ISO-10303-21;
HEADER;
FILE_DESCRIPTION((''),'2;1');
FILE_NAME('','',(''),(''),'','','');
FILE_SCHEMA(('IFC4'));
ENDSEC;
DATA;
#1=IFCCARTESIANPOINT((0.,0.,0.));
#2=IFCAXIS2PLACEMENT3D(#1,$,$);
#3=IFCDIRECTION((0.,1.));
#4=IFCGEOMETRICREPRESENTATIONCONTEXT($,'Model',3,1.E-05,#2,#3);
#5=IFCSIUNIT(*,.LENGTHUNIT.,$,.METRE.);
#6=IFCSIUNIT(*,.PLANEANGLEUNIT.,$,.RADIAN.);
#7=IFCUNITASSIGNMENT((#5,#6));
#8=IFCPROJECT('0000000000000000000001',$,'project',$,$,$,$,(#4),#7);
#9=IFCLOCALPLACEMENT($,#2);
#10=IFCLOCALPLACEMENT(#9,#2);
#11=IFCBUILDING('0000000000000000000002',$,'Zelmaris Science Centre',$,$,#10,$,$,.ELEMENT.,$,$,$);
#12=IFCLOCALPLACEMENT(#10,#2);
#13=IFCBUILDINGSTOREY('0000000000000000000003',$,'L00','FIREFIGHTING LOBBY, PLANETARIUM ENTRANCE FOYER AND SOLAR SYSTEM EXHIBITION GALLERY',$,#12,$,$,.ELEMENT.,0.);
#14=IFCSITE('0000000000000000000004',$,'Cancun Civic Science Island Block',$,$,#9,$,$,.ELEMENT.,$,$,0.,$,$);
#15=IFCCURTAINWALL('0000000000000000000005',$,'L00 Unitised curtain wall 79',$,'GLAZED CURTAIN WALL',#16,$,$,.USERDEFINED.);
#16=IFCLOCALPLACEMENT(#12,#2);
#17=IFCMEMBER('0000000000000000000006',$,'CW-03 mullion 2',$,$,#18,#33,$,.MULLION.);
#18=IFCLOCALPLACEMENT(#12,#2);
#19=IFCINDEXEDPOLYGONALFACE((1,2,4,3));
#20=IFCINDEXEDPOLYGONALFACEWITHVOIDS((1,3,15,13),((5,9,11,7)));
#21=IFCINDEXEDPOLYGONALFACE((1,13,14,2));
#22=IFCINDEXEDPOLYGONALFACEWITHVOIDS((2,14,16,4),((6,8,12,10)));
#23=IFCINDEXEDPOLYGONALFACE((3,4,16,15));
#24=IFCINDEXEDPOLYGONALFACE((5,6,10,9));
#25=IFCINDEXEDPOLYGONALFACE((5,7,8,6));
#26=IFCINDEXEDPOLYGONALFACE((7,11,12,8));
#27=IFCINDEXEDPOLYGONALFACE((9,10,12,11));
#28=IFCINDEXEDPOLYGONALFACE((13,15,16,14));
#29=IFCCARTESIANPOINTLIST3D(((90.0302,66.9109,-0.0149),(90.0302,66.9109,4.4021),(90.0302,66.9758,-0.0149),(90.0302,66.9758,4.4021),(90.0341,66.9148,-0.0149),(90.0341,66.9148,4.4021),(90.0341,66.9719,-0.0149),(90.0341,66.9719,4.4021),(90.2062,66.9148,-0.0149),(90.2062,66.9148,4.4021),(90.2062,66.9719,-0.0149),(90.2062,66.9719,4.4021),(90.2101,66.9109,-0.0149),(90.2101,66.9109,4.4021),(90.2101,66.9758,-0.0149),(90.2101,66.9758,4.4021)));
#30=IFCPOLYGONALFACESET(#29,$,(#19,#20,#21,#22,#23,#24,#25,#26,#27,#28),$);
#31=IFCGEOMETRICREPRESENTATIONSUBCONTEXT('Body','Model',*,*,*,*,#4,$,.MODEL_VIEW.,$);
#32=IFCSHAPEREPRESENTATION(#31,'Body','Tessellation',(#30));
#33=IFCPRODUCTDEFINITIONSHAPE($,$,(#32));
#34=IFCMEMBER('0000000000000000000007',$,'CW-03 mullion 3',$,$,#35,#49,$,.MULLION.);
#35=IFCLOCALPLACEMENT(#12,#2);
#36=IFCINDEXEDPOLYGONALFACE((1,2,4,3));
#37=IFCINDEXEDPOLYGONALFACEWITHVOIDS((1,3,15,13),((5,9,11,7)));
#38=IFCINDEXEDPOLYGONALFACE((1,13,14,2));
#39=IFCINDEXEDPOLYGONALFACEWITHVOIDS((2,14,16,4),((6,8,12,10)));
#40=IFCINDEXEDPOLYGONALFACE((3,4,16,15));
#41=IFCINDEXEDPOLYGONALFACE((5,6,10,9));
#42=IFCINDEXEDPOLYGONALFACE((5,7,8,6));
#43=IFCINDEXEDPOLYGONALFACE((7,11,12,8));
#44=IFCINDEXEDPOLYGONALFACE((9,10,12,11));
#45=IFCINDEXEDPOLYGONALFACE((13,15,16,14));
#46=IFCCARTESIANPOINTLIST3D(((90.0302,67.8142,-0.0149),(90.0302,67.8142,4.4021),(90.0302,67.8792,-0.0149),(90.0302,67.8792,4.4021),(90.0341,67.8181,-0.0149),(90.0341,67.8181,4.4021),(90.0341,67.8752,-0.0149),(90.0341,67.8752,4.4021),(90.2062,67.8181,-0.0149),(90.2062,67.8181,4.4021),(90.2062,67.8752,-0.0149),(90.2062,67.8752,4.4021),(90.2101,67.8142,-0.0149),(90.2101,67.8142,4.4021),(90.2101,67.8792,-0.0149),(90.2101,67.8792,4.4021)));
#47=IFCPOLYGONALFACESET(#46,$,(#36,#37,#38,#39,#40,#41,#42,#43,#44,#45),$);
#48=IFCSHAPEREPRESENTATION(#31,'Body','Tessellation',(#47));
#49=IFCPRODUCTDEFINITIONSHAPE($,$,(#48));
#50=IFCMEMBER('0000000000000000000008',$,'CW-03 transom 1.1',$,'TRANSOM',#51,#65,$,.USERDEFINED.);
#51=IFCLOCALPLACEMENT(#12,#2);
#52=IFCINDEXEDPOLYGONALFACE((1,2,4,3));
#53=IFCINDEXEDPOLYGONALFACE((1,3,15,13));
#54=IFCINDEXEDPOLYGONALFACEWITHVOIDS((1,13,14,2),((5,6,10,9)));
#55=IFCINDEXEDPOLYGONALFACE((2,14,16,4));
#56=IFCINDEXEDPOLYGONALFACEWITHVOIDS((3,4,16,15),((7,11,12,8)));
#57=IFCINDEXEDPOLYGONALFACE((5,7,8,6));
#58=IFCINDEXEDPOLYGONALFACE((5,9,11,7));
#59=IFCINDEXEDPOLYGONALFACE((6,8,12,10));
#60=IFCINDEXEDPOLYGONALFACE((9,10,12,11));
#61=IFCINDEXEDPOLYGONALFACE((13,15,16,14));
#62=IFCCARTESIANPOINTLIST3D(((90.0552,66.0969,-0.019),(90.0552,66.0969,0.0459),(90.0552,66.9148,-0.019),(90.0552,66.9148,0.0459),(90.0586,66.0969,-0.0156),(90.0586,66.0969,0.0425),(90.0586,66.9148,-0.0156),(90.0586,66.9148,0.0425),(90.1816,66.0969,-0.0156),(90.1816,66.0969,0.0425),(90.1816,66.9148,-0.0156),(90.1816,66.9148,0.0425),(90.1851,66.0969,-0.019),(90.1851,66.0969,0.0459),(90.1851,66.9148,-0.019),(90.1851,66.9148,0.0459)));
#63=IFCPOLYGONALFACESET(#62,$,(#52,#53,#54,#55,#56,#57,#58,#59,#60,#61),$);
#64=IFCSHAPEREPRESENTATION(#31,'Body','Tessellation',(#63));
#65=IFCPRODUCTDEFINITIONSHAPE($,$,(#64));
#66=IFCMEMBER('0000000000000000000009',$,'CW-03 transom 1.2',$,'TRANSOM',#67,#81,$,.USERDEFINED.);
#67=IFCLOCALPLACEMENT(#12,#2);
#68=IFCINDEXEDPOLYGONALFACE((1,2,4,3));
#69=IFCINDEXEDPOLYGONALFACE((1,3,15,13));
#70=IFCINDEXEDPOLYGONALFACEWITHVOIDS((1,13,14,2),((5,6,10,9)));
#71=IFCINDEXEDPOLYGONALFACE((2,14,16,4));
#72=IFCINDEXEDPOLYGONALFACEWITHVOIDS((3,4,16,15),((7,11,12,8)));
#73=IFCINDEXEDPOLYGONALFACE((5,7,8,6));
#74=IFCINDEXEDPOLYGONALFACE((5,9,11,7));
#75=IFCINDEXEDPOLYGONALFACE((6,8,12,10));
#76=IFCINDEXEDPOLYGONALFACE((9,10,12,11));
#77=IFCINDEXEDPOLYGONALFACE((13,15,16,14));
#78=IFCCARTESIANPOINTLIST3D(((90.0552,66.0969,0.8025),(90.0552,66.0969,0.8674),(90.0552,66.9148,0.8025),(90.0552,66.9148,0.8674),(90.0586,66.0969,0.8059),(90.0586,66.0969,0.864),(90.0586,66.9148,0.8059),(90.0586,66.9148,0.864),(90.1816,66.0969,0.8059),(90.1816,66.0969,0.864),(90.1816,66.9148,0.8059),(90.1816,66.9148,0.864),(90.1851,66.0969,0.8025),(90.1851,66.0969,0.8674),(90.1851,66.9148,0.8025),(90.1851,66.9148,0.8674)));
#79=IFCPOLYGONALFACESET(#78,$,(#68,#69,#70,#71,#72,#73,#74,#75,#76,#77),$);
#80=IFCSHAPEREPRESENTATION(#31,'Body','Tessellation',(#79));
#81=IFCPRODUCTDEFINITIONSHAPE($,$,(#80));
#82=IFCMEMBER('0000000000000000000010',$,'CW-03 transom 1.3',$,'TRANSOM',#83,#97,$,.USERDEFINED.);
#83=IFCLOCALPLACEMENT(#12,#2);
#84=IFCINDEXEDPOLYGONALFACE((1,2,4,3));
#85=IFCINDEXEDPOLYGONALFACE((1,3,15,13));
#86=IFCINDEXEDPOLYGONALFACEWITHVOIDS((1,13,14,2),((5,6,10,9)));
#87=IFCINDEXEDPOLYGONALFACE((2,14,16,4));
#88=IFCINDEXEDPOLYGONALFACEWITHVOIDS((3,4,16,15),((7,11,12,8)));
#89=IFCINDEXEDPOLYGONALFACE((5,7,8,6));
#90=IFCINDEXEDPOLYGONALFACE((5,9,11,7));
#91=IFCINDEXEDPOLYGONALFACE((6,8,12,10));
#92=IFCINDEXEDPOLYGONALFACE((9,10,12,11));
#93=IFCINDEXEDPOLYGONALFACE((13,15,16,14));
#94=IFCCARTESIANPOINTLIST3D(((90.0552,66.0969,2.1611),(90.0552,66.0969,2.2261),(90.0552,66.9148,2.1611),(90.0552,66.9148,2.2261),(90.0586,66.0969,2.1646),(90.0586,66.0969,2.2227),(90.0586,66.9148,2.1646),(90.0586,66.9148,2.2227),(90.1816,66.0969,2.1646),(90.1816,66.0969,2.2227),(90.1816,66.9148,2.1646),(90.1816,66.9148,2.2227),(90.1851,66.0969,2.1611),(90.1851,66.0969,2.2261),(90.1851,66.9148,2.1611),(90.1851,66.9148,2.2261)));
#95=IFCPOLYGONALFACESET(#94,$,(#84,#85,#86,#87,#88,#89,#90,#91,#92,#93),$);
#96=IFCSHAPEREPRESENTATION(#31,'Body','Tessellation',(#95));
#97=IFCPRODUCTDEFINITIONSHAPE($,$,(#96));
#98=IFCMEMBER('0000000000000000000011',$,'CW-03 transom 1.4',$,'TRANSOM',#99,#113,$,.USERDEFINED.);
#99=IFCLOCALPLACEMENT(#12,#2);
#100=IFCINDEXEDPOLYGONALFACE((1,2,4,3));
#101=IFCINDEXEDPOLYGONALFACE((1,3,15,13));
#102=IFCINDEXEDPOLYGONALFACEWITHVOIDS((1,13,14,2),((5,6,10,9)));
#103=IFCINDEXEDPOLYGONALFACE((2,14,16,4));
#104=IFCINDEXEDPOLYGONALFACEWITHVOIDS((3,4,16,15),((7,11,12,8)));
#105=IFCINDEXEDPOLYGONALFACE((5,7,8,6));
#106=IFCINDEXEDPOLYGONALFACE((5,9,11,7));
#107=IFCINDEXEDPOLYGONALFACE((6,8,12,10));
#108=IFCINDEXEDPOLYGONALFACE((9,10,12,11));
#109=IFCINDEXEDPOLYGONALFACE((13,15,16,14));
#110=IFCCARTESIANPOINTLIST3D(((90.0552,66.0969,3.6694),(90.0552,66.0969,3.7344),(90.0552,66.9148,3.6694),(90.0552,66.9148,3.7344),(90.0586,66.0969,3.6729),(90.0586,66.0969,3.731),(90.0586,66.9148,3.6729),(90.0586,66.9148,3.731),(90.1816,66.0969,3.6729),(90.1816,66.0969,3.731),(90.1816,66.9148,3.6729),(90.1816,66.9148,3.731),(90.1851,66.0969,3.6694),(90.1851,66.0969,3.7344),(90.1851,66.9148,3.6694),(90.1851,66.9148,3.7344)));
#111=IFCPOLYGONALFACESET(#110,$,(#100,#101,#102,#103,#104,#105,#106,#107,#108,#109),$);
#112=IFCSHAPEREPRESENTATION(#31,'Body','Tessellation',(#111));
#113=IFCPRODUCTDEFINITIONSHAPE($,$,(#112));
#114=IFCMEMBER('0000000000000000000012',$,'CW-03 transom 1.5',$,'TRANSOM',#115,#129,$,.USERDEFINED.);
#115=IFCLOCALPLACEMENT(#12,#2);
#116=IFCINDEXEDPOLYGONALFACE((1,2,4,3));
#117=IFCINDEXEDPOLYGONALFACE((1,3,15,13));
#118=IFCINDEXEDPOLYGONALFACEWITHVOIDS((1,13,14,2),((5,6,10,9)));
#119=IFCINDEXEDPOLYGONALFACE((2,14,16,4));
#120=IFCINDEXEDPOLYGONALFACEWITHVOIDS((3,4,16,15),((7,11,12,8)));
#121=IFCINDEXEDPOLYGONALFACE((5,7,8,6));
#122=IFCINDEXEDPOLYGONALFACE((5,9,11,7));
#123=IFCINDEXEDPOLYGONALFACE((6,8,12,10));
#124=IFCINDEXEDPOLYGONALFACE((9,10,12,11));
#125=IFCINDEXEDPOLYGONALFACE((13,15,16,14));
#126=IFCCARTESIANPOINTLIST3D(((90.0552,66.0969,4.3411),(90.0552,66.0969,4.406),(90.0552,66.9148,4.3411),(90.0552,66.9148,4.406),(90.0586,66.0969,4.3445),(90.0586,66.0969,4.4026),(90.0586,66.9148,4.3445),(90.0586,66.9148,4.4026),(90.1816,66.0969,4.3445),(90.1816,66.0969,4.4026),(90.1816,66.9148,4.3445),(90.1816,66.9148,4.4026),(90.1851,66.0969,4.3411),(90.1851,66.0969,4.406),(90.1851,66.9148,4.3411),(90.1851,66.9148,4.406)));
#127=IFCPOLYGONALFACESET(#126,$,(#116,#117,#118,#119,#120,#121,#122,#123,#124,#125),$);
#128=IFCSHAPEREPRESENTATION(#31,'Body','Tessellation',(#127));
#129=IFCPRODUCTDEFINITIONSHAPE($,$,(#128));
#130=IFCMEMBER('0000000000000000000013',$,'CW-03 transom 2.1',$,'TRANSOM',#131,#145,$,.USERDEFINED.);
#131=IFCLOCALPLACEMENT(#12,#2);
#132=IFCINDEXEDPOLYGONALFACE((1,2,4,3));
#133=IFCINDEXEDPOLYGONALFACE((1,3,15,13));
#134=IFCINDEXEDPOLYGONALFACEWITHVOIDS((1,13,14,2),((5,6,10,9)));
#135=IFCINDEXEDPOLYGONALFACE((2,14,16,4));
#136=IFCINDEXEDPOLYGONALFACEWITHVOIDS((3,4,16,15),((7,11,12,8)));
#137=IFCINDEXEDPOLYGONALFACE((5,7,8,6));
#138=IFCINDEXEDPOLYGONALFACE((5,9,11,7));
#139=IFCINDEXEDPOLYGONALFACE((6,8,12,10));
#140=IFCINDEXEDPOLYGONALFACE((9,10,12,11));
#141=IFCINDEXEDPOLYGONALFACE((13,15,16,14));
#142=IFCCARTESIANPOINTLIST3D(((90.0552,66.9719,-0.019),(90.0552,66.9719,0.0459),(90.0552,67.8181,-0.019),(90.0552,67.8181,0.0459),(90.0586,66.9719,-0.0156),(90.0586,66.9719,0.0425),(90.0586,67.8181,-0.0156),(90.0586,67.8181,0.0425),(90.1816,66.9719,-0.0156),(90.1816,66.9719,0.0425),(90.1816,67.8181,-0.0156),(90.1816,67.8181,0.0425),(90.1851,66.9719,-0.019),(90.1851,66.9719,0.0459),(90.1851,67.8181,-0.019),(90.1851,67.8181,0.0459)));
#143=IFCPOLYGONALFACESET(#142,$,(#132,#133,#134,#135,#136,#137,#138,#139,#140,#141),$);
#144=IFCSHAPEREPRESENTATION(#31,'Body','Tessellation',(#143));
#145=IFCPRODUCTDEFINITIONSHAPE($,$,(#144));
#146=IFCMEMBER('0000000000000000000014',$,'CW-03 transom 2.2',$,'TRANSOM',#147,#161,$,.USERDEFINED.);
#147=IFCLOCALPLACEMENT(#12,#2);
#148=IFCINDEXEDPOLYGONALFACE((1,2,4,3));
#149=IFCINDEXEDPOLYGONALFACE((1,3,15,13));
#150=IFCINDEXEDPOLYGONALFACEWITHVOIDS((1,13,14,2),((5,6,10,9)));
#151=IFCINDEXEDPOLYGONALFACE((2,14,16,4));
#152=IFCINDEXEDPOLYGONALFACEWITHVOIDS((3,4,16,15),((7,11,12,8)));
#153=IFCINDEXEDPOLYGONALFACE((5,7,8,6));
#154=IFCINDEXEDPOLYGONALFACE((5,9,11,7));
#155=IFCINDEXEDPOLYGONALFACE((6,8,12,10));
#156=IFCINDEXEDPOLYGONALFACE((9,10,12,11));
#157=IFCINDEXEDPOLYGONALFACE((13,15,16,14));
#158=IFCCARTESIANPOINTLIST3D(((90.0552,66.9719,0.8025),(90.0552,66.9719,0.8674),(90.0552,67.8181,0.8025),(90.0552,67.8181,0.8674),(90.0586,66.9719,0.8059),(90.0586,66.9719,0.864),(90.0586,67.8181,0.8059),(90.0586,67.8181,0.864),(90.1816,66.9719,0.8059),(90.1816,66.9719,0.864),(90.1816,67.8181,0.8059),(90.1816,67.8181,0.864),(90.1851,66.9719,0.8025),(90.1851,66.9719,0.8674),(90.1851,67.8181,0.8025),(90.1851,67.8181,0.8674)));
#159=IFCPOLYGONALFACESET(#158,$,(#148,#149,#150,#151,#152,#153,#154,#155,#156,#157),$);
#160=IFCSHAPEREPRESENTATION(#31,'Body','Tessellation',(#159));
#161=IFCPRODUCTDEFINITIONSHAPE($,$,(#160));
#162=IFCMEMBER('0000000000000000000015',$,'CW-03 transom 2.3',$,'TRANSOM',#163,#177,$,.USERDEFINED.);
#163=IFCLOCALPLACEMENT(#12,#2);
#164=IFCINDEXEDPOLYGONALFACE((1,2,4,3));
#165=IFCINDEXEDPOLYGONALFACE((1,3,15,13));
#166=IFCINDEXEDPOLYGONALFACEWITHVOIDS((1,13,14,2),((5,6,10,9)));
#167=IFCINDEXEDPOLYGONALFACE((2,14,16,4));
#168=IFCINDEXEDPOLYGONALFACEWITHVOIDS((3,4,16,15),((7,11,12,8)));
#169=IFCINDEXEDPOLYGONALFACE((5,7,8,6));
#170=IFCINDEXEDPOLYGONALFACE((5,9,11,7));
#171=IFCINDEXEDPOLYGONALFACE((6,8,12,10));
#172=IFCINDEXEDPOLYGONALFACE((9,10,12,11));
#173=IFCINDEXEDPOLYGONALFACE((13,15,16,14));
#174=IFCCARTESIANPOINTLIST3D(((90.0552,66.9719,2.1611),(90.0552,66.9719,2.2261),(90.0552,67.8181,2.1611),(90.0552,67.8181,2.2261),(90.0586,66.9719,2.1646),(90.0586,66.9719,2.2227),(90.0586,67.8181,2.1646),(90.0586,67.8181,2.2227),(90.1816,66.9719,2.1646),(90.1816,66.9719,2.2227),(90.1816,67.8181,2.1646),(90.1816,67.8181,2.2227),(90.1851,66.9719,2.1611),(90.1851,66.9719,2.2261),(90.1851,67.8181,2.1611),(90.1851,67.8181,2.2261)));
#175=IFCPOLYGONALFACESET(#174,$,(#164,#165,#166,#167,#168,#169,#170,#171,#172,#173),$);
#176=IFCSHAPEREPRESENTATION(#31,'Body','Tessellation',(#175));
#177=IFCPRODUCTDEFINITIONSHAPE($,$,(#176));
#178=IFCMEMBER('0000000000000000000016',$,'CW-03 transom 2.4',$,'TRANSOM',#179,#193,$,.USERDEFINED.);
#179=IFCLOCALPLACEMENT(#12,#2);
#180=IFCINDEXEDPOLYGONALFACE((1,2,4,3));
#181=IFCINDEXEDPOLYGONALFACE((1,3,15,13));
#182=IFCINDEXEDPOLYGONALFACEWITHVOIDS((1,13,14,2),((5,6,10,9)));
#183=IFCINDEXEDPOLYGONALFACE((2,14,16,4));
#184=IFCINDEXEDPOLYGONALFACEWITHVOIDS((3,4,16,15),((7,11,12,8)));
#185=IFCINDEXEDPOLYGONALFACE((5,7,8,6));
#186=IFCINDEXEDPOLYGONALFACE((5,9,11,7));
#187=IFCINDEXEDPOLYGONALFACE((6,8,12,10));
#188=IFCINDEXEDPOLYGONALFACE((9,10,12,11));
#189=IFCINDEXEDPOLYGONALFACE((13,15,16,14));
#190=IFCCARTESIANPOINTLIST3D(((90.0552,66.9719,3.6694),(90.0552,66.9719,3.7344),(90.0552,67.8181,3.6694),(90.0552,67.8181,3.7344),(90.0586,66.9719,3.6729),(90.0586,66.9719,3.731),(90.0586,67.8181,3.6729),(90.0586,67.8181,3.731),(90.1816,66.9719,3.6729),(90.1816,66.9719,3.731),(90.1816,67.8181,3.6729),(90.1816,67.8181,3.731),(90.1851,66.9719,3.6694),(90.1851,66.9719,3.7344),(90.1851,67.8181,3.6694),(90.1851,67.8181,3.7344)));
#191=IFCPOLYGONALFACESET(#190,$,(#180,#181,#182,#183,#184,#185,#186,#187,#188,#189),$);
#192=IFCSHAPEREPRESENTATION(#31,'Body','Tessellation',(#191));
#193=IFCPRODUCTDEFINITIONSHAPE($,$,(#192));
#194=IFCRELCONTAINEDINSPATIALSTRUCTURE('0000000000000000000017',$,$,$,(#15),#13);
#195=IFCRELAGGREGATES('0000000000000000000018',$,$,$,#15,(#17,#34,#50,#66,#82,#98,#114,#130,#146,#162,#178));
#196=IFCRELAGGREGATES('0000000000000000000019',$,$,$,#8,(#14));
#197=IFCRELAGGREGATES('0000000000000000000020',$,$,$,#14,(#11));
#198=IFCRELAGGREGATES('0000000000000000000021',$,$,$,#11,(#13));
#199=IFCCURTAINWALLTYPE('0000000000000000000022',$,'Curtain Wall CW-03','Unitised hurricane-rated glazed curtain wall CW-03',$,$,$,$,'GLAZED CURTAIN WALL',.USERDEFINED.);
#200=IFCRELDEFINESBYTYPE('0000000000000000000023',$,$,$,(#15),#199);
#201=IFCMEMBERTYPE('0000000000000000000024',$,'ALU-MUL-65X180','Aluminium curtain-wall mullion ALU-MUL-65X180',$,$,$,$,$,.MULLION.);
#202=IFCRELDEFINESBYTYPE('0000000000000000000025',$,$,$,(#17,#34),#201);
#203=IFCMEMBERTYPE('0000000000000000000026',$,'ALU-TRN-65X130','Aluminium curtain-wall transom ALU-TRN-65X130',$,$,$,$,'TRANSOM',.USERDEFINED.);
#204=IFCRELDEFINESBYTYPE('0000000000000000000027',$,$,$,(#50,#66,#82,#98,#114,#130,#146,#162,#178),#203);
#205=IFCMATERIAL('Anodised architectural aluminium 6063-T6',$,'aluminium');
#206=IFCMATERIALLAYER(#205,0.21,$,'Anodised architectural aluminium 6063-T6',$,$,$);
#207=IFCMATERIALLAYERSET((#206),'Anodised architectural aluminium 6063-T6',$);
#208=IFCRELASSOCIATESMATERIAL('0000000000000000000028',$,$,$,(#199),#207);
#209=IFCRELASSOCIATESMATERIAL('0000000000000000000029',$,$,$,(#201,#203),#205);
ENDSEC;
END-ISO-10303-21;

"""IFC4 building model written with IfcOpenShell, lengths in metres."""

from ifc_helpers import new_model, si_unit, direction, frame, origin, origin_2d, place, context, subcontext, project, spatial, hollow_rectangle, extrude, material, layer, layer_set, material_profile, profile_set, type_object, element, aggregate, save


model = new_model("IFC4")

# Units and contexts
model_context = context("Model", 3, precision=1e-05, world=origin(), true_north=direction((0.0, 1.0)))
body_context = subcontext(model_context, "Body", "Model", "MODEL_VIEW")
ifc_project = project(units=[si_unit("LENGTHUNIT", "METRE"), si_unit("PLANEANGLEUNIT", "RADIAN")], contexts=[model_context])

# Site, building, storey
site_placement = place(None, origin())
site = spatial("IfcSite", under=ifc_project, at=site_placement, Name="Cancun Civic Science Island Block", CompositionType="ELEMENT", RefElevation=0.0)
building_placement = place(site_placement, origin())
building = spatial("IfcBuilding", under=site, at=building_placement, Name="Zelmaris Science Centre", CompositionType="ELEMENT")
storey_placement = place(building_placement, origin())
storey = spatial("IfcBuildingStorey", under=building, at=storey_placement, Name="L00", Description="FIREFIGHTING LOBBY, PLANETARIUM ENTRANCE FOYER AND SOLAR SYSTEM EXHIBITION GALLERY", CompositionType="ELEMENT", Elevation=0.0)

# Curtain wall, members
ifc_material_1 = material(Name="Anodised architectural aluminium 6063-T6", Category="aluminium")
ifc_layer_1 = layer(ifc_material_1, 0.21, Name="Anodised architectural aluminium 6063-T6")
ifc_layer_set_1 = layer_set([ifc_layer_1], Name="Anodised architectural aluminium 6063-T6")
curtain_wall_type = type_object("IfcCurtainWallType", Name="Curtain Wall CW-03", Description="Unitised hurricane-rated glazed curtain wall CW-03", ElementType="GLAZED CURTAIN WALL", PredefinedType="USERDEFINED", material=ifc_layer_set_1)
curtain_wall_placement = place(storey_placement, origin())
curtain_wall = element("IfcCurtainWall", 1, at=curtain_wall_placement, inside=storey, type_object=curtain_wall_type, Name="L00 Unitised curtain wall 79", ObjectType="GLAZED CURTAIN WALL", PredefinedType="USERDEFINED")
ifc_material_profile_1 = material_profile(ifc_material_1, hollow_rectangle(XDim=0.0649, YDim=0.1799, WallThickness=0.0039, at=origin_2d()), Name="ALU-MUL-65X180")
ifc_profile_set_1 = profile_set([ifc_material_profile_1], Name="Anodised architectural aluminium 6063-T6")
member_type_1 = type_object("IfcMemberType", Name="ALU-MUL-65X180", Description="Aluminium curtain-wall mullion ALU-MUL-65X180", PredefinedType="MULLION", material=ifc_profile_set_1)
member_1_placement = place(storey_placement, frame((90.1201, 66.9434, -0.0149), z_axis=(0.0, 0.0, 1.0), x_axis=(0.0, 1.0, 0.0)))
member_1 = element("IfcMember", 2, at=member_1_placement, type_object=member_type_1, Name="CW-03 mullion 2", PredefinedType="MULLION", context=body_context, shape_type="SweptSolid", body=[
    extrude(hollow_rectangle(XDim=0.0649, YDim=0.1799, WallThickness=0.0039, at=origin_2d()), origin(), (0.0, 0.0, 1.0), 4.417),
])
member_2_placement = place(storey_placement, frame((90.1201, 67.8467, -0.0149), z_axis=(0.0, 0.0, 1.0), x_axis=(0.0, 1.0, 0.0)))
member_2 = element("IfcMember", 3, at=member_2_placement, type_object=member_type_1, Name="CW-03 mullion 3", PredefinedType="MULLION", context=body_context, shape_type="SweptSolid", body=[
    extrude(hollow_rectangle(XDim=0.0649, YDim=0.1799, WallThickness=0.0039, at=origin_2d()), origin(), (0.0, 0.0, 1.0), 4.417),
])
ifc_material_profile_2 = material_profile(ifc_material_1, hollow_rectangle(XDim=0.0649, YDim=0.1299, WallThickness=0.0034, at=origin_2d()), Name="ALU-TRN-65X130")
ifc_profile_set_2 = profile_set([ifc_material_profile_2], Name="Anodised architectural aluminium 6063-T6")
member_type_2 = type_object("IfcMemberType", Name="ALU-TRN-65X130", Description="Aluminium curtain-wall transom ALU-TRN-65X130", ElementType="TRANSOM", PredefinedType="USERDEFINED", material=ifc_profile_set_2)
member_3_placement = place(storey_placement, frame((90.1201, 66.0969, 0.0134), z_axis=(0.0, 1.0, 0.0), x_axis=(0.0, 0.0, 1.0)))
member_3 = element("IfcMember", 4, at=member_3_placement, type_object=member_type_2, Name="CW-03 transom 1.1", ObjectType="TRANSOM", PredefinedType="USERDEFINED", context=body_context, shape_type="SweptSolid", body=[
    extrude(hollow_rectangle(XDim=0.0649, YDim=0.1299, WallThickness=0.0034, at=origin_2d()), origin(), (0.0, 0.0, 1.0), 0.8179),
])
member_4_placement = place(storey_placement, frame((90.1201, 66.0969, 0.835), z_axis=(0.0, 1.0, 0.0), x_axis=(0.0, 0.0, 1.0)))
member_4 = element("IfcMember", 5, at=member_4_placement, type_object=member_type_2, Name="CW-03 transom 1.2", ObjectType="TRANSOM", PredefinedType="USERDEFINED", context=body_context, shape_type="SweptSolid", body=[
    extrude(hollow_rectangle(XDim=0.0649, YDim=0.1299, WallThickness=0.0034, at=origin_2d()), origin(), (0.0, 0.0, 1.0), 0.8179),
])
member_5_placement = place(storey_placement, frame((90.1201, 66.0969, 2.1936), z_axis=(0.0, 1.0, 0.0), x_axis=(0.0, 0.0, 1.0)))
member_5 = element("IfcMember", 6, at=member_5_placement, type_object=member_type_2, Name="CW-03 transom 1.3", ObjectType="TRANSOM", PredefinedType="USERDEFINED", context=body_context, shape_type="SweptSolid", body=[
    extrude(hollow_rectangle(XDim=0.0649, YDim=0.1299, WallThickness=0.0034, at=origin_2d()), origin(), (0.0, 0.0, 1.0), 0.8179),
])
member_6_placement = place(storey_placement, frame((90.1201, 66.0969, 3.7019), z_axis=(0.0, 1.0, 0.0), x_axis=(0.0, 0.0, 1.0)))
member_6 = element("IfcMember", 7, at=member_6_placement, type_object=member_type_2, Name="CW-03 transom 1.4", ObjectType="TRANSOM", PredefinedType="USERDEFINED", context=body_context, shape_type="SweptSolid", body=[
    extrude(hollow_rectangle(XDim=0.0649, YDim=0.1299, WallThickness=0.0034, at=origin_2d()), origin(), (0.0, 0.0, 1.0), 0.8179),
])
member_7_placement = place(storey_placement, frame((90.1201, 66.0969, 4.3735), z_axis=(0.0, 1.0, 0.0), x_axis=(0.0, 0.0, 1.0)))
member_7 = element("IfcMember", 8, at=member_7_placement, type_object=member_type_2, Name="CW-03 transom 1.5", ObjectType="TRANSOM", PredefinedType="USERDEFINED", context=body_context, shape_type="SweptSolid", body=[
    extrude(hollow_rectangle(XDim=0.0649, YDim=0.1299, WallThickness=0.0034, at=origin_2d()), origin(), (0.0, 0.0, 1.0), 0.8179),
])
member_8_placement = place(storey_placement, frame((90.1201, 66.9719, 0.0134), z_axis=(0.0, 1.0, 0.0), x_axis=(0.0, 0.0, 1.0)))
member_8 = element("IfcMember", 9, at=member_8_placement, type_object=member_type_2, Name="CW-03 transom 2.1", ObjectType="TRANSOM", PredefinedType="USERDEFINED", context=body_context, shape_type="SweptSolid", body=[
    extrude(hollow_rectangle(XDim=0.0649, YDim=0.1299, WallThickness=0.0034, at=origin_2d()), origin(), (0.0, 0.0, 1.0), 0.8462),
])
member_9_placement = place(storey_placement, frame((90.1201, 66.9719, 0.835), z_axis=(0.0, 1.0, 0.0), x_axis=(0.0, 0.0, 1.0)))
member_9 = element("IfcMember", 10, at=member_9_placement, type_object=member_type_2, Name="CW-03 transom 2.2", ObjectType="TRANSOM", PredefinedType="USERDEFINED", context=body_context, shape_type="SweptSolid", body=[
    extrude(hollow_rectangle(XDim=0.0649, YDim=0.1299, WallThickness=0.0034, at=origin_2d()), origin(), (0.0, 0.0, 1.0), 0.8462),
])
member_10_placement = place(storey_placement, frame((90.1201, 66.9719, 2.1936), z_axis=(0.0, 1.0, 0.0), x_axis=(0.0, 0.0, 1.0)))
member_10 = element("IfcMember", 11, at=member_10_placement, type_object=member_type_2, Name="CW-03 transom 2.3", ObjectType="TRANSOM", PredefinedType="USERDEFINED", context=body_context, shape_type="SweptSolid", body=[
    extrude(hollow_rectangle(XDim=0.0649, YDim=0.1299, WallThickness=0.0034, at=origin_2d()), origin(), (0.0, 0.0, 1.0), 0.8462),
])
member_11_placement = place(storey_placement, frame((90.1201, 66.9719, 3.7019), z_axis=(0.0, 1.0, 0.0), x_axis=(0.0, 0.0, 1.0)))
member_11 = element("IfcMember", 12, at=member_11_placement, type_object=member_type_2, Name="CW-03 transom 2.4", ObjectType="TRANSOM", PredefinedType="USERDEFINED", context=body_context, shape_type="SweptSolid", body=[
    extrude(hollow_rectangle(XDim=0.0649, YDim=0.1299, WallThickness=0.0034, at=origin_2d()), origin(), (0.0, 0.0, 1.0), 0.8462),
])

aggregate(curtain_wall, [member_1, member_2, member_3, member_4, member_5, member_6, member_7, member_8, member_9, member_10, member_11])

save(model, "model.ifc")
